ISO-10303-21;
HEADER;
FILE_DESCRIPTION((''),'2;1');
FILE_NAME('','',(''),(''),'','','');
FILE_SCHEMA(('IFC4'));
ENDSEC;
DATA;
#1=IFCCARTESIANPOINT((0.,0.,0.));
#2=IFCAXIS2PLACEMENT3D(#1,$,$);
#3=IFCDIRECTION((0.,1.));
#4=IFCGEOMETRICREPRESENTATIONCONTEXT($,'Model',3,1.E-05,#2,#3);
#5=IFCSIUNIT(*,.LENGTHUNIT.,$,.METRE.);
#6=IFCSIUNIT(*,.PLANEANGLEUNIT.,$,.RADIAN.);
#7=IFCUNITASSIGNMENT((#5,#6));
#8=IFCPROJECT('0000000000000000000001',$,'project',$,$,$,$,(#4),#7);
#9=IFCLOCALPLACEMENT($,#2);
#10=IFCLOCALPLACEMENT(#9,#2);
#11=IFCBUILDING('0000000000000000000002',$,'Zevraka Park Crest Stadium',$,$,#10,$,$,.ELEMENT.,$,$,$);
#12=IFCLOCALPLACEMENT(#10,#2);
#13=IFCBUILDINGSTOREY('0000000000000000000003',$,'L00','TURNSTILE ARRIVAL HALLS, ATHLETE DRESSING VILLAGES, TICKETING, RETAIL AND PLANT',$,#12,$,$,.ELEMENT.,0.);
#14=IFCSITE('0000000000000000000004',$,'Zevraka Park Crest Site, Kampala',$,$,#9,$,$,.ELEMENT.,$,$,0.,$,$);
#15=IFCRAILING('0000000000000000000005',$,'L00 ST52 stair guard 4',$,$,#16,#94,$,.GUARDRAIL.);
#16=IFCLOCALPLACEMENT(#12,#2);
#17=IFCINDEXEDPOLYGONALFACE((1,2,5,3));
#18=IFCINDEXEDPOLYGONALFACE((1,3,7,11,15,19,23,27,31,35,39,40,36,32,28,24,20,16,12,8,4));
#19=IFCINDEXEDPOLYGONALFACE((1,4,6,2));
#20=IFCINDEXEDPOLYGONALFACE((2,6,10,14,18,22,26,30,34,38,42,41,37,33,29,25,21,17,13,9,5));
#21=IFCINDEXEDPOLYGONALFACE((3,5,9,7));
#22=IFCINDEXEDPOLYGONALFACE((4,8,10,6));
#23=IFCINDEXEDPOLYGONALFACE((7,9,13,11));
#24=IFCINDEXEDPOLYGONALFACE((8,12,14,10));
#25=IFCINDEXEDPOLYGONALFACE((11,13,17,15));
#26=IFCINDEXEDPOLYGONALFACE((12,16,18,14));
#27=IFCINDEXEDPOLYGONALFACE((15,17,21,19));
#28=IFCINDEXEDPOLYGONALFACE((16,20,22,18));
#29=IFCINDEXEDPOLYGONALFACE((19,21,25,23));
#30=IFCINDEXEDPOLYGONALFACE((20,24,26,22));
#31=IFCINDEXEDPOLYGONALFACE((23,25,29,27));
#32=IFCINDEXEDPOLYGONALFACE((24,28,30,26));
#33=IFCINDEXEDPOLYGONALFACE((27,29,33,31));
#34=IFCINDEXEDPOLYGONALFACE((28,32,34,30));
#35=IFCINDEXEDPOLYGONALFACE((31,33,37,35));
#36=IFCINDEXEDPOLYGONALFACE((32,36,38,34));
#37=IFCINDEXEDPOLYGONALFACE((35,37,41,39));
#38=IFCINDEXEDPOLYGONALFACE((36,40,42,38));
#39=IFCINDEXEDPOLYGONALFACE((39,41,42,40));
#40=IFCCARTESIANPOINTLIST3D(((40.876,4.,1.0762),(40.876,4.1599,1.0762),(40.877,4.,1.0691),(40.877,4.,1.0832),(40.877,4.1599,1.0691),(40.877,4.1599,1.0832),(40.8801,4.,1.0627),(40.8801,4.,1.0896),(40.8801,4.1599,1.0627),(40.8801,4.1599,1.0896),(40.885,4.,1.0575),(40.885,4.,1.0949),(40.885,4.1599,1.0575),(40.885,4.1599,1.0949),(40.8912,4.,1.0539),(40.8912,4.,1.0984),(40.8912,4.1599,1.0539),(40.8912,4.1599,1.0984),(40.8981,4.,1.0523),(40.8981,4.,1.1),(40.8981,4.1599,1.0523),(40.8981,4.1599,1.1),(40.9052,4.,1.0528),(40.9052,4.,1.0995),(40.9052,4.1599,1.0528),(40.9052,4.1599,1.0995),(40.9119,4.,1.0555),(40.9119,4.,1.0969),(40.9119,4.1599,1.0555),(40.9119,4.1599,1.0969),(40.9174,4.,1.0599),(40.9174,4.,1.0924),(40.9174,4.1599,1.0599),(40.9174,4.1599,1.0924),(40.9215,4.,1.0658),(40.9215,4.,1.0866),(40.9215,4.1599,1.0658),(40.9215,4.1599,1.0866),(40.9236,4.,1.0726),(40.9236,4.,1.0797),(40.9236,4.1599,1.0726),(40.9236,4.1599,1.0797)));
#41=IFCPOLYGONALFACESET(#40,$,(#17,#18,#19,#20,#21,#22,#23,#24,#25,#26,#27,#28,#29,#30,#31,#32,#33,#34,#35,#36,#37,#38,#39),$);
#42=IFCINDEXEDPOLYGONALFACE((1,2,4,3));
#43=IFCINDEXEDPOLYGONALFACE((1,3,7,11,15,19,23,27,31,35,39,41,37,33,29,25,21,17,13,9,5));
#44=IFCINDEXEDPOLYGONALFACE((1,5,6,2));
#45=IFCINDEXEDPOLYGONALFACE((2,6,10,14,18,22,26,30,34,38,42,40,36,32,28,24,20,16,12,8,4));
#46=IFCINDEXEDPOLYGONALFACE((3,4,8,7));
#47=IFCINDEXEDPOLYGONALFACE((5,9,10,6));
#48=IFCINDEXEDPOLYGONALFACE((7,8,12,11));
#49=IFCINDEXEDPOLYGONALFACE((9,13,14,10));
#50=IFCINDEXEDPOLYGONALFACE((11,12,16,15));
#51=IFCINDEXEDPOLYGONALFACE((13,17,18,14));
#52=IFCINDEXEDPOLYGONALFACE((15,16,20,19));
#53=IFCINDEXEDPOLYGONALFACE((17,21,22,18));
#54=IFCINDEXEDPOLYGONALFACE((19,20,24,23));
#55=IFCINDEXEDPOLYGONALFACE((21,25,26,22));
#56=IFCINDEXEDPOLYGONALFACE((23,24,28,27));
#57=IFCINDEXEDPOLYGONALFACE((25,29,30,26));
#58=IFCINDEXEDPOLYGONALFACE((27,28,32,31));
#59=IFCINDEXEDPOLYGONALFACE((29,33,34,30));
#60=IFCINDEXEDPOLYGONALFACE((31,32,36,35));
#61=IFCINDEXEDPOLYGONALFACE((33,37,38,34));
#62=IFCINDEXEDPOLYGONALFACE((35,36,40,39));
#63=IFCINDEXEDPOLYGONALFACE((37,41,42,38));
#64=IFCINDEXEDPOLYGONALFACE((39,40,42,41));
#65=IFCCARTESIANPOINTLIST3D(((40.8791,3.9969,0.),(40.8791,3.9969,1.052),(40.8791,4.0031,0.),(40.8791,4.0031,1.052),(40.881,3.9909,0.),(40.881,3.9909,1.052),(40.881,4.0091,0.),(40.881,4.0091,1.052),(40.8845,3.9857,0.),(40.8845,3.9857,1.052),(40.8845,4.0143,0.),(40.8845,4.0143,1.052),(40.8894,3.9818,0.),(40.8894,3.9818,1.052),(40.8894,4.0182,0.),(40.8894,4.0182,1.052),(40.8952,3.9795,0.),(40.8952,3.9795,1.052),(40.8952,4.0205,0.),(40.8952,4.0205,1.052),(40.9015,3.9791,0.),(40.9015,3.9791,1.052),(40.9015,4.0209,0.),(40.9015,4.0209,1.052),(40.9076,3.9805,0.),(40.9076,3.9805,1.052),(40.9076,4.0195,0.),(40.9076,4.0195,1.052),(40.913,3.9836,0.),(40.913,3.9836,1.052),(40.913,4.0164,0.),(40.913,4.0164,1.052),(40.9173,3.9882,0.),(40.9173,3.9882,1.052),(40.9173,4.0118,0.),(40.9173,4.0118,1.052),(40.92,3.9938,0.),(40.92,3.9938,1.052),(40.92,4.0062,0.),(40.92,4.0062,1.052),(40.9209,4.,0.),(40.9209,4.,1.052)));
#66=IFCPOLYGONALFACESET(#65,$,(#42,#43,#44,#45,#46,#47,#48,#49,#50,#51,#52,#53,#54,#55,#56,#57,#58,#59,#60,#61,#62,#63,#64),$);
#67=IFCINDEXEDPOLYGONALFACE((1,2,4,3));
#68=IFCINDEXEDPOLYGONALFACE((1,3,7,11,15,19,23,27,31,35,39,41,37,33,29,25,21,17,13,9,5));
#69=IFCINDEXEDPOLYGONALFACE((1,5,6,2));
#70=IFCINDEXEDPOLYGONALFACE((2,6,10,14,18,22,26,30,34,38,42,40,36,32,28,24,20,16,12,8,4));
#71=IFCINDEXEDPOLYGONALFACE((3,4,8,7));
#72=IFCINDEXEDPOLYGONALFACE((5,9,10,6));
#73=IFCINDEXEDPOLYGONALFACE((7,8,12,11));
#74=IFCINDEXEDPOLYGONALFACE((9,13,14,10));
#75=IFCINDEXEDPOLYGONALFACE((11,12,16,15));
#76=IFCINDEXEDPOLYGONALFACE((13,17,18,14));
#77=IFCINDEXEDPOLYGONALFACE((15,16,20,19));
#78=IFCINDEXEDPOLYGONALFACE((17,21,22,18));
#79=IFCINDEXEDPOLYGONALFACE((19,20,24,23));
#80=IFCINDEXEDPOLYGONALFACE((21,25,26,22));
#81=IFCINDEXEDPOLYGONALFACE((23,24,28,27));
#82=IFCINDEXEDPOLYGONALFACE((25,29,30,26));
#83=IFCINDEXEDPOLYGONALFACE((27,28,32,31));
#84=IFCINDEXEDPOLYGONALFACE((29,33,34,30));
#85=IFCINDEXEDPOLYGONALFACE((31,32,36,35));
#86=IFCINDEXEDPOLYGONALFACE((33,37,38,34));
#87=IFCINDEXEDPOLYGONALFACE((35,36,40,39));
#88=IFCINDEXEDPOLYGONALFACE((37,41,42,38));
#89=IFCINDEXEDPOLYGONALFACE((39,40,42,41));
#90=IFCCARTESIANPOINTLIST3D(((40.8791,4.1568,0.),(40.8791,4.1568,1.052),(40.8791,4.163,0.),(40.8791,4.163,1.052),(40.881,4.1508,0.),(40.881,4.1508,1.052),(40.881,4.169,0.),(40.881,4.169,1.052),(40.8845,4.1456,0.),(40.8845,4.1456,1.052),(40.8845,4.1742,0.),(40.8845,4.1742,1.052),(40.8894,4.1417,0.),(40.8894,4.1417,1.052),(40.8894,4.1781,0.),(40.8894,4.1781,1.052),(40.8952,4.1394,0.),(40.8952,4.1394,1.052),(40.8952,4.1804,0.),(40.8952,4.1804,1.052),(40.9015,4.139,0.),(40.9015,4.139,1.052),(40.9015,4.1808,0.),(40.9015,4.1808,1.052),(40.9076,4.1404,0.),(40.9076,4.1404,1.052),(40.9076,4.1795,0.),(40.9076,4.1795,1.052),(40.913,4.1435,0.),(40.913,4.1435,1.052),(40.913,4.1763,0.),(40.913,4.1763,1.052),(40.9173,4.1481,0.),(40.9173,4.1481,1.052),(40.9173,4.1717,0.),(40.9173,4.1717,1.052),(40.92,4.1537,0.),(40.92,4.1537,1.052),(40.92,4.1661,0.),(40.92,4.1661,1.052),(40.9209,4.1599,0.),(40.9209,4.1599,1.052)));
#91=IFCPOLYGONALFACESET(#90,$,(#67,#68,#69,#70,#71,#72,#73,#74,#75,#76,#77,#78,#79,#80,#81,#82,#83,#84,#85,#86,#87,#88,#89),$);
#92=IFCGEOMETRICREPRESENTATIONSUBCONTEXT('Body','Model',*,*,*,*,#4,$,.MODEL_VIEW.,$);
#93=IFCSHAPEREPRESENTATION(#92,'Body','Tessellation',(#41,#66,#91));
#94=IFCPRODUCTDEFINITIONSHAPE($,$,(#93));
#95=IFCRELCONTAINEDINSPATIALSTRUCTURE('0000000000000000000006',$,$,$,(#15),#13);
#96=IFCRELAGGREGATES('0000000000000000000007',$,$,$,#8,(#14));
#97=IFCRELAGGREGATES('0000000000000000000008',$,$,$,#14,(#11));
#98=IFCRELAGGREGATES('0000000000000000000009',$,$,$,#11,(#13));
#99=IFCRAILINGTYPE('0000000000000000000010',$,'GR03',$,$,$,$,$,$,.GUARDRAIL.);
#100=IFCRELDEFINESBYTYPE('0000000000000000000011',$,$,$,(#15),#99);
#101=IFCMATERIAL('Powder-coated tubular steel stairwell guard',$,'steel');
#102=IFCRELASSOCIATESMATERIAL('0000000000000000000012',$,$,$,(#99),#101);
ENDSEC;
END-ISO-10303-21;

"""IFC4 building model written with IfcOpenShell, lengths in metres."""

from ifc_helpers import new_model, si_unit, direction, frame, origin, origin_2d, place, context, subcontext, project, spatial, circle, extrude, material, type_object, element, save


model = new_model("IFC4")

# Units and contexts
model_context = context("Model", 3, precision=1e-05, world=origin(), true_north=direction((0.0, 1.0)))
body_context = subcontext(model_context, "Body", "Model", "MODEL_VIEW")
ifc_project = project(units=[si_unit("LENGTHUNIT", "METRE"), si_unit("PLANEANGLEUNIT", "RADIAN")], contexts=[model_context])

# Site, building, storey
site_placement = place(None, origin())
site = spatial("IfcSite", under=ifc_project, at=site_placement, Name="Zevraka Park Crest Site, Kampala", CompositionType="ELEMENT", RefElevation=0.0)
building_placement = place(site_placement, origin())
building = spatial("IfcBuilding", under=site, at=building_placement, Name="Zevraka Park Crest Stadium", CompositionType="ELEMENT")
storey_placement = place(building_placement, origin())
storey = spatial("IfcBuildingStorey", under=building, at=storey_placement, Name="L00", Description="TURNSTILE ARRIVAL HALLS, ATHLETE DRESSING VILLAGES, TICKETING, RETAIL AND PLANT", CompositionType="ELEMENT", Elevation=0.0)

# Railing
ifc_material_1 = material(Name="Powder-coated tubular steel stairwell guard", Category="steel")
railing_type_1 = type_object("IfcRailingType", Name="GR03", PredefinedType="GUARDRAIL", material=ifc_material_1)
railing_1_placement = place(storey_placement, frame((40.8999, 4.0, 0.0)))
element("IfcRailing", 1, at=railing_1_placement, inside=storey, type_object=railing_type_1, Name="L00 ST52 stair guard 4", PredefinedType="GUARDRAIL", context=body_context, shape_type="SweptSolid", body=[
    extrude(circle(Radius=0.0239, at=origin_2d()), frame((0.0, 0.0, 1.0762), z_axis=(0.0, 1.0, 0.0), x_axis=(-1.0, 0.0, 0.0)), (0.0, 0.0, 1.0), 0.1599),
    extrude(circle(Radius=0.021, at=origin_2d()), origin(), (0.0, 0.0, 1.0), 1.052),
    extrude(circle(Radius=0.021, at=origin_2d()), frame((0.0, 0.1599, 0.0)), (0.0, 0.0, 1.0), 1.052),
])

save(model, "model.ifc")
